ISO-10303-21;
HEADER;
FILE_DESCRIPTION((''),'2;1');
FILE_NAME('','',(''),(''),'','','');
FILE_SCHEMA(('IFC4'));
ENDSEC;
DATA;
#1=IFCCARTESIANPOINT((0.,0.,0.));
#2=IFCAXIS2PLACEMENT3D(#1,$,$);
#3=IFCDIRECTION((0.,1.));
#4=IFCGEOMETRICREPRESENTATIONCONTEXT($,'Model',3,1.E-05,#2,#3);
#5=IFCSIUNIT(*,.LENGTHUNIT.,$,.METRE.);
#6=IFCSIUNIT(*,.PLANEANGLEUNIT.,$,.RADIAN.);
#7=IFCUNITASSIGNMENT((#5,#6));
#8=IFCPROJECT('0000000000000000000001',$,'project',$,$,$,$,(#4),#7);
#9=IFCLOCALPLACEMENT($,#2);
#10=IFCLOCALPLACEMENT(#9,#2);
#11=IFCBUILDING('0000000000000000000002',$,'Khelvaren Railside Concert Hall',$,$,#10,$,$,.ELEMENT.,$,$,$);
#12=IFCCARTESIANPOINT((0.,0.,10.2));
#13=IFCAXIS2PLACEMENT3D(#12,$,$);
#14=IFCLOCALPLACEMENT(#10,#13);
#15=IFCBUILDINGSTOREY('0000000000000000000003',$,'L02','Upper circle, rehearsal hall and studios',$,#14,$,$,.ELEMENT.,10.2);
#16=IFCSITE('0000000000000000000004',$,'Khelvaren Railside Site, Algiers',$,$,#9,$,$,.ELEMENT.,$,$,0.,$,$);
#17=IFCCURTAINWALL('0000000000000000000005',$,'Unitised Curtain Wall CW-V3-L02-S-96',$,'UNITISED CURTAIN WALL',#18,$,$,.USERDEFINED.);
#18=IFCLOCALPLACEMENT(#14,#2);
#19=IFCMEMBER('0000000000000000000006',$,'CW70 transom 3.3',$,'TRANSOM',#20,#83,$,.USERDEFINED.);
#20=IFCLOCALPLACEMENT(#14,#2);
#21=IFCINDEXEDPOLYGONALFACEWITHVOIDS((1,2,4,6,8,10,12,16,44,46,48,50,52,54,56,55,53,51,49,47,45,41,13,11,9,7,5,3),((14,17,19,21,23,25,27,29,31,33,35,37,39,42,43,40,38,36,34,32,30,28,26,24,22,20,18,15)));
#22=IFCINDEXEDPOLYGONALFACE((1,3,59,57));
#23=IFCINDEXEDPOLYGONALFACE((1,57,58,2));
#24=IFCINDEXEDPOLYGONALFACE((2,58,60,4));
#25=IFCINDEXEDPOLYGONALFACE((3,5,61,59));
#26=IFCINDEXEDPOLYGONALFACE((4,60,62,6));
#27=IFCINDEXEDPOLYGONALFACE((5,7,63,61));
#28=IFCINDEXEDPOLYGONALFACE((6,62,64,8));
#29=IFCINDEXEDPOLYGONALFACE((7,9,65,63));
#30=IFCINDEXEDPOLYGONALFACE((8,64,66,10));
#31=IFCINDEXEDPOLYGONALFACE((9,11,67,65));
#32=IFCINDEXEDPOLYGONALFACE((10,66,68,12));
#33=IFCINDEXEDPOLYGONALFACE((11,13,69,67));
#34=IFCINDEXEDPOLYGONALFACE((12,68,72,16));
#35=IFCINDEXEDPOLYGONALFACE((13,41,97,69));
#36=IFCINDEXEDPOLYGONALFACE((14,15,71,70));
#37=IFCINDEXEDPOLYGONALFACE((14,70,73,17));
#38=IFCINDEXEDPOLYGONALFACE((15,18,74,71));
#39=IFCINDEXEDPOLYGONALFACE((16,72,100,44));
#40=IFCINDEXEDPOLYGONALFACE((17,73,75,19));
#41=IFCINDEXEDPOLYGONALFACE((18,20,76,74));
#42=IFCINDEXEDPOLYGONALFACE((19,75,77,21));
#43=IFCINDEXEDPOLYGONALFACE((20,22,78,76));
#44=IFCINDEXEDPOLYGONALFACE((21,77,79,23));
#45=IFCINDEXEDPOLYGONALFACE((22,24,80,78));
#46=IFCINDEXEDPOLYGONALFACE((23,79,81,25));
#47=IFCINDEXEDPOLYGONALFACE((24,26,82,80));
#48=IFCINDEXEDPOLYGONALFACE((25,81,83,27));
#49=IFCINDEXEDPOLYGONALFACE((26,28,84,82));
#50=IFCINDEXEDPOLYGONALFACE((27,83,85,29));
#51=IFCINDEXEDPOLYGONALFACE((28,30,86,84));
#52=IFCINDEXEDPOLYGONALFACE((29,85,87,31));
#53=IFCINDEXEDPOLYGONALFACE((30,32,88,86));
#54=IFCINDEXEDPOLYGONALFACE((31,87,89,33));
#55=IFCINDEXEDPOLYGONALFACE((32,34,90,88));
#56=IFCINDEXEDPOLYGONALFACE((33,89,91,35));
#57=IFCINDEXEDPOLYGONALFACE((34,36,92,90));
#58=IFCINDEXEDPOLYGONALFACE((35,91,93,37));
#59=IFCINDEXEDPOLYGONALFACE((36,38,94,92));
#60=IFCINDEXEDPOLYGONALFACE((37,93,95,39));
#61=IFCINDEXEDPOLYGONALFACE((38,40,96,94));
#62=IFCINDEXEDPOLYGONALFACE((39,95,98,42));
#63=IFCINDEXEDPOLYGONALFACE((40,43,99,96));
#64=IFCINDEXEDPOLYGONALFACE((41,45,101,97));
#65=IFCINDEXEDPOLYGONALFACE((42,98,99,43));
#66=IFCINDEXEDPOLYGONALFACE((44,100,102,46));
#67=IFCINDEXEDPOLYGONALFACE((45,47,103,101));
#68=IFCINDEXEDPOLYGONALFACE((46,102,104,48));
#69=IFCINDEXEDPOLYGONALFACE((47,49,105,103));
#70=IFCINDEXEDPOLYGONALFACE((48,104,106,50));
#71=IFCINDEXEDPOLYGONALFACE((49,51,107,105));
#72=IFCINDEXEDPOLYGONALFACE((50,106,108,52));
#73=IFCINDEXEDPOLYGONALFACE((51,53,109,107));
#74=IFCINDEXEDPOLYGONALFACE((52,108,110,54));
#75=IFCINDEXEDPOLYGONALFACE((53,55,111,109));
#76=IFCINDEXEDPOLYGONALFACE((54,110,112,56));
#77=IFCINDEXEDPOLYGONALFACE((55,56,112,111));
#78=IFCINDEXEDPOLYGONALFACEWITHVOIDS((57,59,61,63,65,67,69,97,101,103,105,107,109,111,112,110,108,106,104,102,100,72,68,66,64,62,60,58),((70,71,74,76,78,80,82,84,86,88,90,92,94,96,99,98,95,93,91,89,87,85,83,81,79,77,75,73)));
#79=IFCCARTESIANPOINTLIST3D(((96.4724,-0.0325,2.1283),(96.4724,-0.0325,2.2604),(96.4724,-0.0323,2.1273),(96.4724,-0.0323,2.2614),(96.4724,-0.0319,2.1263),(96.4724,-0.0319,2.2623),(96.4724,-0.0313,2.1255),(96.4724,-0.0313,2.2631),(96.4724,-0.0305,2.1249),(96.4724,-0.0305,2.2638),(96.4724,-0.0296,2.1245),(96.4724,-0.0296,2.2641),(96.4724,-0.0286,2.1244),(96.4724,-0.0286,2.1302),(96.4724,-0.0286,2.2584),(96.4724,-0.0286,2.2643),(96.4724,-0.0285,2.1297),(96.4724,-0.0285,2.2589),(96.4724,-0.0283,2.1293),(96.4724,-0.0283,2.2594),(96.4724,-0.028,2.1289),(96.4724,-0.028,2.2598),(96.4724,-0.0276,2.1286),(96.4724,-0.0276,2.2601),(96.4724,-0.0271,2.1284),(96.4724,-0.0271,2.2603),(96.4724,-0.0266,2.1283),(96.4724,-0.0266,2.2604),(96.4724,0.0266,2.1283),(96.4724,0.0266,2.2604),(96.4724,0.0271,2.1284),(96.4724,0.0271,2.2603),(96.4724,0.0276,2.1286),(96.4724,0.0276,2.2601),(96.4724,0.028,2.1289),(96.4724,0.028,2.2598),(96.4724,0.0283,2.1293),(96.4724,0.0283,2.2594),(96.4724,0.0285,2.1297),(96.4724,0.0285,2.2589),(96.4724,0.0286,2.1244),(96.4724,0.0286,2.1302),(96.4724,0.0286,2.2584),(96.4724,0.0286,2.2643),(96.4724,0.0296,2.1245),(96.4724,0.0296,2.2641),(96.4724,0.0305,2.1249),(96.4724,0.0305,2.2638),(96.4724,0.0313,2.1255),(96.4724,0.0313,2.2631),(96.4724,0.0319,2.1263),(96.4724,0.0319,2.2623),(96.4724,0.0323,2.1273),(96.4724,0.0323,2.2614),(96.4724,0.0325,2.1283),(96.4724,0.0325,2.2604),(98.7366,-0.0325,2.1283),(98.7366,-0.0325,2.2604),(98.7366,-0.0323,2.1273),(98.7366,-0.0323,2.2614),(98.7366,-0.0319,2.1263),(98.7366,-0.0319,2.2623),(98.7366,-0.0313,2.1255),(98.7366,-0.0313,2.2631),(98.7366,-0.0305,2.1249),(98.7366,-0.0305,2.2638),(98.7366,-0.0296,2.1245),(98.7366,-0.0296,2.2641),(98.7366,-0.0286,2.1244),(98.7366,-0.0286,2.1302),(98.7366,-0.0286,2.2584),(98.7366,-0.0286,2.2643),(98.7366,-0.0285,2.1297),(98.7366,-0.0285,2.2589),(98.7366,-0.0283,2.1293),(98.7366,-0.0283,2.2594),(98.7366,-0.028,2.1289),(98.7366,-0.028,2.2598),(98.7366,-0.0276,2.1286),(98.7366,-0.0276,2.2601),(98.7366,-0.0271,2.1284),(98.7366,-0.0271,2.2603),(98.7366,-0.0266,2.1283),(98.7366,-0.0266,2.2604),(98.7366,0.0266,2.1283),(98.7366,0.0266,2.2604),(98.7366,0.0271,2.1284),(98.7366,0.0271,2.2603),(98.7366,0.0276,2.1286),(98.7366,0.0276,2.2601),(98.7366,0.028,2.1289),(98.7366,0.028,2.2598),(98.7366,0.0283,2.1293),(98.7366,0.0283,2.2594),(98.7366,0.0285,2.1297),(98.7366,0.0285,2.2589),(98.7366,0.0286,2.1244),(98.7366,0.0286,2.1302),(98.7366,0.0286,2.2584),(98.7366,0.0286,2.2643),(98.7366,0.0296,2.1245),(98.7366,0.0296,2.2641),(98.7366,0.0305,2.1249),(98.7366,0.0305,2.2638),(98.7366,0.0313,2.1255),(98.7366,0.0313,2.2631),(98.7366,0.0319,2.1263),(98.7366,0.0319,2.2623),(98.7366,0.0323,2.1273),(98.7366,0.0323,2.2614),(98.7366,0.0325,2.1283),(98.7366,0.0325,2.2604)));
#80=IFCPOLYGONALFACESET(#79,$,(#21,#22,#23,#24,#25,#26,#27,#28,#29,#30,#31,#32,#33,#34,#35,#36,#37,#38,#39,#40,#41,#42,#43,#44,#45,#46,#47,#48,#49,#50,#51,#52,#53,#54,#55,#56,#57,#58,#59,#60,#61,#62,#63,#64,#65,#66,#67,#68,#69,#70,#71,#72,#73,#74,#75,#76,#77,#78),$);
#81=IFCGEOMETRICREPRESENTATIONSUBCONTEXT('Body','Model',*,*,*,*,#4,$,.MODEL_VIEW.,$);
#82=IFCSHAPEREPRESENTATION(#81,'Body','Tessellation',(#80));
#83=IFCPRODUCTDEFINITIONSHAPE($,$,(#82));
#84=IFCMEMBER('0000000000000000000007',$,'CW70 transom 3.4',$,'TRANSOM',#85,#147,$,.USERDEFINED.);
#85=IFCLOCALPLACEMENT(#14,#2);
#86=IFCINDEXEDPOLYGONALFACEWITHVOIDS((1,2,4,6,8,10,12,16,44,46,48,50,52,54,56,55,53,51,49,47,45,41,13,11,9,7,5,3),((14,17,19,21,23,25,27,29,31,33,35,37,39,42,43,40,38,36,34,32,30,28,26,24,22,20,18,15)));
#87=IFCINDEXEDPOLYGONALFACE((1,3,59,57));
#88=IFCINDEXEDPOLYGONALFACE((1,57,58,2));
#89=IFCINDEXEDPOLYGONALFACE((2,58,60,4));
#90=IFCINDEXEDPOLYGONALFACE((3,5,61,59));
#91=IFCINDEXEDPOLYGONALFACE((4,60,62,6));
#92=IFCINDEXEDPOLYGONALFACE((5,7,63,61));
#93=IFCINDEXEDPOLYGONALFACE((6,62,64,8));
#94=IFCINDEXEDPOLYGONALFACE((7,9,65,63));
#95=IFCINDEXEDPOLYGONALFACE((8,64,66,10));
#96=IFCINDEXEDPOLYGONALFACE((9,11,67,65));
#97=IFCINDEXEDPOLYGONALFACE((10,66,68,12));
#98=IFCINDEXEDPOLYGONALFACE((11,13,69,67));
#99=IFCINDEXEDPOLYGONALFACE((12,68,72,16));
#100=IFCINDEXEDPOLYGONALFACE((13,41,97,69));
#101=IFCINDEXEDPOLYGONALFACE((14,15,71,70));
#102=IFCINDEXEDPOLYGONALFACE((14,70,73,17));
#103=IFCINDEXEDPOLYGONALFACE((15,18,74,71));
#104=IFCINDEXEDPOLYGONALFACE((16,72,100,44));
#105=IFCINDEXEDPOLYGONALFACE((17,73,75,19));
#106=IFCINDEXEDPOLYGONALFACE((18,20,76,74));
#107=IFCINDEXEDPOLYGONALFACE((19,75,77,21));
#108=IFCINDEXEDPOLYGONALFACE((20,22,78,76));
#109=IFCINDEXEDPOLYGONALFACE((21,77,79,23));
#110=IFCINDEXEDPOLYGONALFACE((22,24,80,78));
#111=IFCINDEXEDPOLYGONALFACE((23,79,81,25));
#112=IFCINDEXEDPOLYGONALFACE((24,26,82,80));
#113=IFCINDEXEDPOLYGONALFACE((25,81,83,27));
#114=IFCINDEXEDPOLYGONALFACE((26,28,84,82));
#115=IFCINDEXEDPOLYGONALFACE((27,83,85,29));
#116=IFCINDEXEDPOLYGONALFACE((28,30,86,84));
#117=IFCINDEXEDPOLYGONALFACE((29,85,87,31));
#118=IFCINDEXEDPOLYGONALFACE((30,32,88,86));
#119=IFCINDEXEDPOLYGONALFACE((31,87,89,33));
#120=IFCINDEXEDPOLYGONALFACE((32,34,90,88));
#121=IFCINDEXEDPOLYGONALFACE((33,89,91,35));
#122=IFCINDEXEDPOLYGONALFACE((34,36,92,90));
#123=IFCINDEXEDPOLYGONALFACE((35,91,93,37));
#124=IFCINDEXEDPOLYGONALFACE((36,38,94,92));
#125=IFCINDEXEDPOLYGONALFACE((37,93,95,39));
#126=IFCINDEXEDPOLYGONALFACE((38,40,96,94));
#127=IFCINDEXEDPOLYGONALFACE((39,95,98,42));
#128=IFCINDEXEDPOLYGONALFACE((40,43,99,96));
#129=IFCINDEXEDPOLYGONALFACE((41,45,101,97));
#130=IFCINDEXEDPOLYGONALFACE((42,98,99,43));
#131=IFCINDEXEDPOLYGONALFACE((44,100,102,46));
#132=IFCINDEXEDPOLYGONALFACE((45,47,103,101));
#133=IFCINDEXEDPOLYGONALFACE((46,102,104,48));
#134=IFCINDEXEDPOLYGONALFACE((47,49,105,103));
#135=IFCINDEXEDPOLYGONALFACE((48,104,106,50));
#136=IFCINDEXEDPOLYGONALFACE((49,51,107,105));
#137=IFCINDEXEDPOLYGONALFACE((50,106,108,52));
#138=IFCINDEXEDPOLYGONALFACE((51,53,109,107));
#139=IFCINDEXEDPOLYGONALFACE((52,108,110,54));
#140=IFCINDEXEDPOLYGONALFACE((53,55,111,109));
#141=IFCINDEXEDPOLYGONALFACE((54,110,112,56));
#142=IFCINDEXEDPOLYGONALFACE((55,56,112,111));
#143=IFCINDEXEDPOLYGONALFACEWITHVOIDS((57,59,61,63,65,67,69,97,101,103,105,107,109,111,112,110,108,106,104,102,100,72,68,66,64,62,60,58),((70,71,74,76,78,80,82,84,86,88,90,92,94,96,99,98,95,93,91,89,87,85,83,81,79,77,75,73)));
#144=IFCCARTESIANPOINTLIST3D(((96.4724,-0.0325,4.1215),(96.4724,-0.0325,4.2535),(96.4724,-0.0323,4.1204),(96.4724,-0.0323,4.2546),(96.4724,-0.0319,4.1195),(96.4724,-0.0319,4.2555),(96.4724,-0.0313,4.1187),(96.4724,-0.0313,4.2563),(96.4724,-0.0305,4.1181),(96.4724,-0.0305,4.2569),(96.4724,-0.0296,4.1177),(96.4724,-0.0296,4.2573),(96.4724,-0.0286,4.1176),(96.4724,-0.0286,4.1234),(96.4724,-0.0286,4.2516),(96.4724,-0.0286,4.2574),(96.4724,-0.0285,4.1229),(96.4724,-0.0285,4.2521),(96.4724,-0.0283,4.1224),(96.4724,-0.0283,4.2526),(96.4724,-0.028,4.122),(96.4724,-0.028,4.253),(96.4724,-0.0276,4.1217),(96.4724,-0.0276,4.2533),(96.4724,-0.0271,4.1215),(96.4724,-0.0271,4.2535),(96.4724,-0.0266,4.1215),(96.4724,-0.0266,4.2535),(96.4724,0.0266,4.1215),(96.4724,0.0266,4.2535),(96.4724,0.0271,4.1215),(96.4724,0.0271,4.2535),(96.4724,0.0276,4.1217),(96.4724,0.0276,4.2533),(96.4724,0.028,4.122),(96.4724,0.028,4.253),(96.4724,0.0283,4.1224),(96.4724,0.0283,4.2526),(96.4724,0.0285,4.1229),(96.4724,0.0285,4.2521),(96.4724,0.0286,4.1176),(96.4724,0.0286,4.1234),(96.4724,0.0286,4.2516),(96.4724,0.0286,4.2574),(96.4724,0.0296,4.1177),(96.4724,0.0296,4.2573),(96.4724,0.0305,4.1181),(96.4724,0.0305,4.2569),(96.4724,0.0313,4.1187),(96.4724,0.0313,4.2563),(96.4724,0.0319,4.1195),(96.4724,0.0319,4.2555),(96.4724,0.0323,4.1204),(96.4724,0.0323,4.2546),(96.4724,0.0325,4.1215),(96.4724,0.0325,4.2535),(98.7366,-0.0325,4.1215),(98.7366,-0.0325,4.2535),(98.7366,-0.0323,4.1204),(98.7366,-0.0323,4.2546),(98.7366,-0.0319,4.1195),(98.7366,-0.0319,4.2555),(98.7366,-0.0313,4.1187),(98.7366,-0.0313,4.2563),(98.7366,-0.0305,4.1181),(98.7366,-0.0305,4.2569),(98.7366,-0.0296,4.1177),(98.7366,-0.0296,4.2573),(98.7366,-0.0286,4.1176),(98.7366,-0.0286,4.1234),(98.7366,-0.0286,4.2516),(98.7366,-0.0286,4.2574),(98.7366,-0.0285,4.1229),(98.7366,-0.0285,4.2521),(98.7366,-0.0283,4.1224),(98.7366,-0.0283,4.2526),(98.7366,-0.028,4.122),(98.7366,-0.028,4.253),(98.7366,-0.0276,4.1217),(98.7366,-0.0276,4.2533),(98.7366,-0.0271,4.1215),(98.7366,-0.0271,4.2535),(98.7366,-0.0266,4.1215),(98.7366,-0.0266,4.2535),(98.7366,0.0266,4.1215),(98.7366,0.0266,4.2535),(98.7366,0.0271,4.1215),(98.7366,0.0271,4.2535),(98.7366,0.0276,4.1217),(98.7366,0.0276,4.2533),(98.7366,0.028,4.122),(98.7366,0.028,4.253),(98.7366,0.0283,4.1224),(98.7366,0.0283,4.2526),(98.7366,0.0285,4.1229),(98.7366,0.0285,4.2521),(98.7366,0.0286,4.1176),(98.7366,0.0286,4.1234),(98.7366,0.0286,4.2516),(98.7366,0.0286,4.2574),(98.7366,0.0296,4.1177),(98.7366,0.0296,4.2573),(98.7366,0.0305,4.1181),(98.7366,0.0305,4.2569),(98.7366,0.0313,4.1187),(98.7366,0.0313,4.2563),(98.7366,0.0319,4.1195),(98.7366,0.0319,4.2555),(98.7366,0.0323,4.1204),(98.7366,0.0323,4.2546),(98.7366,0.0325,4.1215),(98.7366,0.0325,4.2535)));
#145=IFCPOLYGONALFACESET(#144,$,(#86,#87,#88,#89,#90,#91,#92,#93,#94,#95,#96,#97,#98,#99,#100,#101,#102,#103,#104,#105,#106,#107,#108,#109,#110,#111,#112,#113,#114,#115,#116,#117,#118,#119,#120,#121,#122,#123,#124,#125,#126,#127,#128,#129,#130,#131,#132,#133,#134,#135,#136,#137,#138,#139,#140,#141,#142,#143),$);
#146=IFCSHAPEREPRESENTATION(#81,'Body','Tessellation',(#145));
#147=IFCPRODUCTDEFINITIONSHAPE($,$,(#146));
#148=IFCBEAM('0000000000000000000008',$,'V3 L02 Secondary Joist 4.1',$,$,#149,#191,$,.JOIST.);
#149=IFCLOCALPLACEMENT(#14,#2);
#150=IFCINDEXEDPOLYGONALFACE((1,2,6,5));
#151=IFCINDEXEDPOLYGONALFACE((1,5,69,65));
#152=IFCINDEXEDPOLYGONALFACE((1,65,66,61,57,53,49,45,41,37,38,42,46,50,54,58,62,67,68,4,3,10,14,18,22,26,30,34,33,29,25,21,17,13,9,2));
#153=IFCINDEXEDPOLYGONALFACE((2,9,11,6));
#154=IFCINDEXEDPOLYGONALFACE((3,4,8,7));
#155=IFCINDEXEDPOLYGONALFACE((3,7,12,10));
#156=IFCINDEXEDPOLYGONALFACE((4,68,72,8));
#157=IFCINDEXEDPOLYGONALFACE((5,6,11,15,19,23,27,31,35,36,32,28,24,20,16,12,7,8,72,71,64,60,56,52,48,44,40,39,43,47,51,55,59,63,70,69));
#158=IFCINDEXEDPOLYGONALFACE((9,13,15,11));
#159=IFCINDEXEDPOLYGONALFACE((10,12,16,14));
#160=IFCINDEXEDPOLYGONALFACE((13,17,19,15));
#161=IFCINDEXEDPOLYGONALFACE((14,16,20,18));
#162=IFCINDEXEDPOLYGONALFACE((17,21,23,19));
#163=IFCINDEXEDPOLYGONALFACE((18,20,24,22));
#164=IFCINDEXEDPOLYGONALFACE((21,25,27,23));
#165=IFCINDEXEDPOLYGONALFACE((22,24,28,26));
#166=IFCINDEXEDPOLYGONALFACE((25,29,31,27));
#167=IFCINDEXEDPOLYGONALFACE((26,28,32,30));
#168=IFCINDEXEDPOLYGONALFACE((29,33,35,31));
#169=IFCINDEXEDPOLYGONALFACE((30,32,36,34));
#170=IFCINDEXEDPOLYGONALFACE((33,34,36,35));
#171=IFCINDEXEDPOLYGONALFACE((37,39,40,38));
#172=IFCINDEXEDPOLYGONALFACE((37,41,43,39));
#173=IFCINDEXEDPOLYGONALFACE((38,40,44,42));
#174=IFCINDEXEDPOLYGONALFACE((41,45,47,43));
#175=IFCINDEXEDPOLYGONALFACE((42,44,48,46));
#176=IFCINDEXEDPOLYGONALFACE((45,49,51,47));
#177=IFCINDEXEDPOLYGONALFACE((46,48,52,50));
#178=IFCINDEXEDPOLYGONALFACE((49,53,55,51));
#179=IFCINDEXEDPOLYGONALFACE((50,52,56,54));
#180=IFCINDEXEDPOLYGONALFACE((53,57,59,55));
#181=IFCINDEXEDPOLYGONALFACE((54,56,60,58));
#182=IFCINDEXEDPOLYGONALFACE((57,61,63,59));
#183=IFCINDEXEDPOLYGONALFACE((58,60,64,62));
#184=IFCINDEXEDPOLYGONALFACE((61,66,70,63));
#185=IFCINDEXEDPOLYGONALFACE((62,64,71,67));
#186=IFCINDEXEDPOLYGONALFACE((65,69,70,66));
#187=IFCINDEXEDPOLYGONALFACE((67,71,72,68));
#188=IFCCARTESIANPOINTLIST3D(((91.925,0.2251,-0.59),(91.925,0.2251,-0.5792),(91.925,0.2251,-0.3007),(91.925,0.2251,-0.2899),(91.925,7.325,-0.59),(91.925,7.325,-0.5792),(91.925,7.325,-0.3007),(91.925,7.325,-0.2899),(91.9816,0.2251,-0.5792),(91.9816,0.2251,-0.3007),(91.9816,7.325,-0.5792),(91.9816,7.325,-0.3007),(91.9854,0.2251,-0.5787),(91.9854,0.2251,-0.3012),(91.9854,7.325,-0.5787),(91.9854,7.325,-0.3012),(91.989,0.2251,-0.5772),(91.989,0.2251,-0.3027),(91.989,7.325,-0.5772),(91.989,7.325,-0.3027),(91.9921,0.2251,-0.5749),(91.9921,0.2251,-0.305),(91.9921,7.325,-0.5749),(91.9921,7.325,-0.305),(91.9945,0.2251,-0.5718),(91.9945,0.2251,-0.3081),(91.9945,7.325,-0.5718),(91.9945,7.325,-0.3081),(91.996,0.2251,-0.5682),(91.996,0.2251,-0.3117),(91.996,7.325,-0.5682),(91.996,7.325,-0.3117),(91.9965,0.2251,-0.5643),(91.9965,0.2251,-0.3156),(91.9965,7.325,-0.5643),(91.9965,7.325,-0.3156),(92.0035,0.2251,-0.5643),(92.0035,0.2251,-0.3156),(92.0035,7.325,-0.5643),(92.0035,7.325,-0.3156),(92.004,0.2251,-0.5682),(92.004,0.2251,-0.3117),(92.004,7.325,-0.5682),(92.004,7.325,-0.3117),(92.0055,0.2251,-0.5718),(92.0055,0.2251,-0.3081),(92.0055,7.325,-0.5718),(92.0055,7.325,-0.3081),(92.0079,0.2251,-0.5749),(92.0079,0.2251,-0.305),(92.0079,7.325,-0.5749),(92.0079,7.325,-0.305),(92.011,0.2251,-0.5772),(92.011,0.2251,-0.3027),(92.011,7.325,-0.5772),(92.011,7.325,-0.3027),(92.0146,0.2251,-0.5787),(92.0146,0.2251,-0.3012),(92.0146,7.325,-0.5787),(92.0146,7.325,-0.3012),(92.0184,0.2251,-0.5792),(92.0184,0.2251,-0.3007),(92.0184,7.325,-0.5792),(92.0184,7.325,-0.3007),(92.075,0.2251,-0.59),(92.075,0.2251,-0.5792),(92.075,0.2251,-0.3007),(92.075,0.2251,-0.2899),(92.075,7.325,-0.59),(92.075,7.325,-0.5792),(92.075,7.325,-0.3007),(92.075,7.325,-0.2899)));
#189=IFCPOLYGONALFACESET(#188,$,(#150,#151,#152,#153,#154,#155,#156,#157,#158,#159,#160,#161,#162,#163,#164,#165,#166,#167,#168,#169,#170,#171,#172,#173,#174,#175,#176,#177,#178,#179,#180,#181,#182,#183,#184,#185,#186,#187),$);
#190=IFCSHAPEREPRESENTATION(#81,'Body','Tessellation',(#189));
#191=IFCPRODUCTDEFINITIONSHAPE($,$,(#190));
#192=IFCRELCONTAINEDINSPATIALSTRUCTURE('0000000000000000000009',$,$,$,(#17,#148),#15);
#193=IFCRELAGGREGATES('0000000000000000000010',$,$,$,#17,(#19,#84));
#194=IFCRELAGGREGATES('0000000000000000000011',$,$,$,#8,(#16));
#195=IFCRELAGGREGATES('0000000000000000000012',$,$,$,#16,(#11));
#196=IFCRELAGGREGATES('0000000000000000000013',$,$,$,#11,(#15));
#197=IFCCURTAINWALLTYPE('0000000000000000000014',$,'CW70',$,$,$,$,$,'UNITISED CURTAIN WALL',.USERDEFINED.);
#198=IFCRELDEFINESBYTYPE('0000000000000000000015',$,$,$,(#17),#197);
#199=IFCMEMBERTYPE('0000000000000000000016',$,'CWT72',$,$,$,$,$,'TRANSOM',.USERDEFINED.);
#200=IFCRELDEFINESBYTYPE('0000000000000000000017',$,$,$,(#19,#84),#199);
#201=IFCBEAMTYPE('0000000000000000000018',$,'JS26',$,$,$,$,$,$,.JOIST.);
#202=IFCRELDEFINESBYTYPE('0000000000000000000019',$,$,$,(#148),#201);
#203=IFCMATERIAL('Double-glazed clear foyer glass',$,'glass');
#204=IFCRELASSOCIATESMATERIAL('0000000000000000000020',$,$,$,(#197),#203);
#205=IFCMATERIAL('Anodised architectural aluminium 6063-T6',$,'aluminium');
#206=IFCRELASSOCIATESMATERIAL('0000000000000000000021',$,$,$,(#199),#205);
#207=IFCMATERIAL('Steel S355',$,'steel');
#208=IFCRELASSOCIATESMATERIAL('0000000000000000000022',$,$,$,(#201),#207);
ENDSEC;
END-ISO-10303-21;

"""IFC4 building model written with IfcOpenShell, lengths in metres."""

from ifc_helpers import new_model, si_unit, direction, frame, origin, origin_2d, place, context, subcontext, project, spatial, hollow_rectangle, i_section, extrude, material, material_profile, profile_set, type_object, element, aggregate, save


model = new_model("IFC4")

# Units and contexts
model_context = context("Model", 3, precision=1e-05, world=origin(), true_north=direction((0.0, 1.0)))
body_context = subcontext(model_context, "Body", "Model", "MODEL_VIEW")
ifc_project = project(units=[si_unit("LENGTHUNIT", "METRE"), si_unit("PLANEANGLEUNIT", "RADIAN")], contexts=[model_context])

# Site, building, storey
site_placement = place(None, origin())
site = spatial("IfcSite", under=ifc_project, at=site_placement, Name="Khelvaren Railside Site, Algiers", CompositionType="ELEMENT", RefElevation=0.0)
building_placement = place(site_placement, origin())
building = spatial("IfcBuilding", under=site, at=building_placement, Name="Khelvaren Railside Concert Hall", CompositionType="ELEMENT")
storey_placement = place(building_placement, frame((0.0, 0.0, 10.2)))
storey = spatial("IfcBuildingStorey", under=building, at=storey_placement, Name="L02", Description="Upper circle, rehearsal hall and studios", CompositionType="ELEMENT", Elevation=10.2)

# Shared definitions
ifc_material_1 = material(Name="Steel S355", Category="steel")

# Curtain wall, members
ifc_material_2 = material(Name="Double-glazed clear foyer glass", Category="glass")
curtain_wall_type = type_object("IfcCurtainWallType", Name="CW70", ElementType="UNITISED CURTAIN WALL", PredefinedType="USERDEFINED", material=ifc_material_2)
curtain_wall_placement = place(storey_placement, origin())
curtain_wall = element("IfcCurtainWall", 1, at=curtain_wall_placement, inside=storey, type_object=curtain_wall_type, Name="Unitised Curtain Wall CW-V3-L02-S-96", ObjectType="UNITISED CURTAIN WALL", PredefinedType="USERDEFINED")
ifc_material_3 = material(Name="Anodised architectural aluminium 6063-T6", Category="aluminium")
ifc_material_profile_1 = material_profile(ifc_material_3, hollow_rectangle(XDim=0.0649, YDim=0.1399, WallThickness=0.0039, InnerFilletRadius=0.002, OuterFilletRadius=0.0039, at=origin_2d()), Name="CWT 65x140x4")
ifc_profile_set_1 = profile_set([ifc_material_profile_1], Name="Anodised architectural aluminium 6063-T6")
member_type_1 = type_object("IfcMemberType", Name="CWT72", ElementType="TRANSOM", PredefinedType="USERDEFINED", material=ifc_profile_set_1)
member_1_placement = place(storey_placement, frame((98.7366, 0.0, 2.1943), z_axis=(-1.0, 0.0, 0.0), x_axis=(0.0, -1.0, 0.0)))
member_1 = element("IfcMember", 2, at=member_1_placement, type_object=member_type_1, Name="CW70 transom 3.3", ObjectType="TRANSOM", PredefinedType="USERDEFINED", context=body_context, shape_type="SweptSolid", body=[
    extrude(hollow_rectangle(XDim=0.0649, YDim=0.1399, WallThickness=0.0039, InnerFilletRadius=0.002, OuterFilletRadius=0.0039, at=origin_2d()), origin(), (0.0, 0.0, 1.0), 2.2642),
])
member_2_placement = place(storey_placement, frame((98.7366, 0.0, 4.1875), z_axis=(-1.0, 0.0, 0.0), x_axis=(0.0, -1.0, 0.0)))
member_2 = element("IfcMember", 3, at=member_2_placement, type_object=member_type_1, Name="CW70 transom 3.4", ObjectType="TRANSOM", PredefinedType="USERDEFINED", context=body_context, shape_type="SweptSolid", body=[
    extrude(hollow_rectangle(XDim=0.0649, YDim=0.1399, WallThickness=0.0039, InnerFilletRadius=0.002, OuterFilletRadius=0.0039, at=origin_2d()), origin(), (0.0, 0.0, 1.0), 2.2642),
])

# Beam
ifc_material_profile_2 = material_profile(ifc_material_1, i_section(OverallWidth=0.1499, OverallDepth=0.3, WebThickness=0.0071, FlangeThickness=0.0107, FilletRadius=0.0149, at=origin_2d()), Name="IPE 300")
ifc_profile_set_2 = profile_set([ifc_material_profile_2], Name="Steel S355")
beam_type_1 = type_object("IfcBeamType", Name="JS26", PredefinedType="JOIST", material=ifc_profile_set_2)
beam_1_placement = place(storey_placement, frame((92.0, 0.2251, -0.4399), z_axis=(0.0, 1.0, 0.0), x_axis=(-1.0, 0.0, 0.0)))
element("IfcBeam", 4, at=beam_1_placement, inside=storey, type_object=beam_type_1, Name="V3 L02 Secondary Joist 4.1", PredefinedType="JOIST", context=body_context, shape_type="SweptSolid", body=[
    extrude(i_section(OverallWidth=0.1499, OverallDepth=0.3, WebThickness=0.0071, FlangeThickness=0.0107, FilletRadius=0.0149, at=origin_2d()), origin(), (0.0, 0.0, 1.0), 7.0999),
])

aggregate(curtain_wall, [member_1, member_2])

save(model, "model.ifc")
